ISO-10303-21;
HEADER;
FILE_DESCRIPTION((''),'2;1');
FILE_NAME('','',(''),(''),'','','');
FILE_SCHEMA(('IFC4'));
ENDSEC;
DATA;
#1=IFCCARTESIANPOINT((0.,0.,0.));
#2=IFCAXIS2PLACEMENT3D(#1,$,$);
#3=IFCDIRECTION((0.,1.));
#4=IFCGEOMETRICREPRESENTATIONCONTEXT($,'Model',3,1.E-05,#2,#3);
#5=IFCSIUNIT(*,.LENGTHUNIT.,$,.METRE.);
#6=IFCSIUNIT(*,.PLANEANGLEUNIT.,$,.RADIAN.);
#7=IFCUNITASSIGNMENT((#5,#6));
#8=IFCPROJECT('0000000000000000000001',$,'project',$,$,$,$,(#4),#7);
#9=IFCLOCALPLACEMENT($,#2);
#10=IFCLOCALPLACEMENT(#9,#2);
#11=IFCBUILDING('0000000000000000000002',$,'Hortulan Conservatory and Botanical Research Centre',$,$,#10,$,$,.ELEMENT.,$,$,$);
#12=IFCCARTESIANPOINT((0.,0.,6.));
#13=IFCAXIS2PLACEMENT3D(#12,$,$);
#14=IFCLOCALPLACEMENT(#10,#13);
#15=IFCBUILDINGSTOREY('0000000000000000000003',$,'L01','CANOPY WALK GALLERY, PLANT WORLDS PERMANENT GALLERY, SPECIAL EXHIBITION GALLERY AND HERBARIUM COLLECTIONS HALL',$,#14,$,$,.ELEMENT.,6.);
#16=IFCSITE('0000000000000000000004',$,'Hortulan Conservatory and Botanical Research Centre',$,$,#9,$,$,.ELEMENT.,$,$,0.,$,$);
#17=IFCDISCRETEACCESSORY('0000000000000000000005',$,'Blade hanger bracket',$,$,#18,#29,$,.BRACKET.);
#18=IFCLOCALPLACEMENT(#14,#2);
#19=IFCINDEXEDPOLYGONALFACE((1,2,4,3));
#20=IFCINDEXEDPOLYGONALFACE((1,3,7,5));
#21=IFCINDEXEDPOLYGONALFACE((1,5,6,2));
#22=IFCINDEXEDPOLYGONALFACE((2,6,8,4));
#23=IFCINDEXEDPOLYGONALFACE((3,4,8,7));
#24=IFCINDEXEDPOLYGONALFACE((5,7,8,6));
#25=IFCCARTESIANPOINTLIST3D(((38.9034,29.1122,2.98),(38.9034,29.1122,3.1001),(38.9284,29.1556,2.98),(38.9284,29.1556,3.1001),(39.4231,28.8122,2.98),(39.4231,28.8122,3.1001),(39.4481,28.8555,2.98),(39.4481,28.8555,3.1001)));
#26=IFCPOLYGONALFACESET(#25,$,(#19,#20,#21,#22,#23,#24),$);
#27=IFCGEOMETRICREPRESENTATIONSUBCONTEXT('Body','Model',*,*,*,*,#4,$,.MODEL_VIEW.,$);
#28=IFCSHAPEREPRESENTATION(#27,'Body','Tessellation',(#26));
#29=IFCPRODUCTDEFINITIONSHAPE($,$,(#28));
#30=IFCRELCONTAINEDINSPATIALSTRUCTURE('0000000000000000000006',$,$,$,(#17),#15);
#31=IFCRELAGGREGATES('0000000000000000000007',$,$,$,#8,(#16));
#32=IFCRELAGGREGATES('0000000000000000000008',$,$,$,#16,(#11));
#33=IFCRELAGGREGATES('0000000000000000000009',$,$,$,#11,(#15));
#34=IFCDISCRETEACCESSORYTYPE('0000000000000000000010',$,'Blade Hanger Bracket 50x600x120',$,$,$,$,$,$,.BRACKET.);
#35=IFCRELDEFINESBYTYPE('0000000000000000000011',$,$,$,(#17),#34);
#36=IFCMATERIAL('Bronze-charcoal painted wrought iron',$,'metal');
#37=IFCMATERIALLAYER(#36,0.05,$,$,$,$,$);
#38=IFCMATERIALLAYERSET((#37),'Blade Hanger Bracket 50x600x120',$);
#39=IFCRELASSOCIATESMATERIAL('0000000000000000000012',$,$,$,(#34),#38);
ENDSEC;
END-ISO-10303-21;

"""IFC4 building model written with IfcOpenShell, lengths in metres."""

from ifc_helpers import new_model, si_unit, direction, frame, origin, origin_2d, place, context, subcontext, project, spatial, rectangle, extrude, material, layer, layer_set, type_object, element, save


model = new_model("IFC4")

# Units and contexts
model_context = context("Model", 3, precision=1e-05, world=origin(), true_north=direction((0.0, 1.0)))
body_context = subcontext(model_context, "Body", "Model", "MODEL_VIEW")
ifc_project = project(units=[si_unit("LENGTHUNIT", "METRE"), si_unit("PLANEANGLEUNIT", "RADIAN")], contexts=[model_context])

# Site, building, storey
site_placement = place(None, origin())
site = spatial("IfcSite", under=ifc_project, at=site_placement, Name="Hortulan Conservatory and Botanical Research Centre", CompositionType="ELEMENT", RefElevation=0.0)
building_placement = place(site_placement, origin())
building = spatial("IfcBuilding", under=site, at=building_placement, Name="Hortulan Conservatory and Botanical Research Centre", CompositionType="ELEMENT")
storey_placement = place(building_placement, frame((0.0, 0.0, 6.0)))
storey = spatial("IfcBuildingStorey", under=building, at=storey_placement, Name="L01", Description="CANOPY WALK GALLERY, PLANT WORLDS PERMANENT GALLERY, SPECIAL EXHIBITION GALLERY AND HERBARIUM COLLECTIONS HALL", CompositionType="ELEMENT", Elevation=6.0)

# Discrete accessory
ifc_material_1 = material(Name="Bronze-charcoal painted wrought iron", Category="metal")
ifc_layer_1 = layer(ifc_material_1, 0.05)
ifc_layer_set_1 = layer_set([ifc_layer_1], Name="Blade Hanger Bracket 50x600x120")
discrete_accessory_type = type_object("IfcDiscreteAccessoryType", Name="Blade Hanger Bracket 50x600x120", PredefinedType="BRACKET", material=ifc_layer_set_1)
for number, where, z_axis, x_axis, name in (
    (1, (39.1758, 28.9839, 2.98), (0.0, 0.0, 1.0), (0.499982, 0.866036, 0.0), "Blade hanger bracket"),
):
    element("IfcDiscreteAccessory", number, at=place(storey_placement, frame(where, z_axis=z_axis, x_axis=x_axis)), inside=storey, type_object=discrete_accessory_type, Name=name, PredefinedType="BRACKET", context=body_context, shape_type="SweptSolid", body=[
        extrude(rectangle(XDim=0.05, YDim=0.6001, at=origin_2d()), origin(), (0.0, 0.0, 1.0), 0.1201),
    ])

save(model, "model.ifc")
